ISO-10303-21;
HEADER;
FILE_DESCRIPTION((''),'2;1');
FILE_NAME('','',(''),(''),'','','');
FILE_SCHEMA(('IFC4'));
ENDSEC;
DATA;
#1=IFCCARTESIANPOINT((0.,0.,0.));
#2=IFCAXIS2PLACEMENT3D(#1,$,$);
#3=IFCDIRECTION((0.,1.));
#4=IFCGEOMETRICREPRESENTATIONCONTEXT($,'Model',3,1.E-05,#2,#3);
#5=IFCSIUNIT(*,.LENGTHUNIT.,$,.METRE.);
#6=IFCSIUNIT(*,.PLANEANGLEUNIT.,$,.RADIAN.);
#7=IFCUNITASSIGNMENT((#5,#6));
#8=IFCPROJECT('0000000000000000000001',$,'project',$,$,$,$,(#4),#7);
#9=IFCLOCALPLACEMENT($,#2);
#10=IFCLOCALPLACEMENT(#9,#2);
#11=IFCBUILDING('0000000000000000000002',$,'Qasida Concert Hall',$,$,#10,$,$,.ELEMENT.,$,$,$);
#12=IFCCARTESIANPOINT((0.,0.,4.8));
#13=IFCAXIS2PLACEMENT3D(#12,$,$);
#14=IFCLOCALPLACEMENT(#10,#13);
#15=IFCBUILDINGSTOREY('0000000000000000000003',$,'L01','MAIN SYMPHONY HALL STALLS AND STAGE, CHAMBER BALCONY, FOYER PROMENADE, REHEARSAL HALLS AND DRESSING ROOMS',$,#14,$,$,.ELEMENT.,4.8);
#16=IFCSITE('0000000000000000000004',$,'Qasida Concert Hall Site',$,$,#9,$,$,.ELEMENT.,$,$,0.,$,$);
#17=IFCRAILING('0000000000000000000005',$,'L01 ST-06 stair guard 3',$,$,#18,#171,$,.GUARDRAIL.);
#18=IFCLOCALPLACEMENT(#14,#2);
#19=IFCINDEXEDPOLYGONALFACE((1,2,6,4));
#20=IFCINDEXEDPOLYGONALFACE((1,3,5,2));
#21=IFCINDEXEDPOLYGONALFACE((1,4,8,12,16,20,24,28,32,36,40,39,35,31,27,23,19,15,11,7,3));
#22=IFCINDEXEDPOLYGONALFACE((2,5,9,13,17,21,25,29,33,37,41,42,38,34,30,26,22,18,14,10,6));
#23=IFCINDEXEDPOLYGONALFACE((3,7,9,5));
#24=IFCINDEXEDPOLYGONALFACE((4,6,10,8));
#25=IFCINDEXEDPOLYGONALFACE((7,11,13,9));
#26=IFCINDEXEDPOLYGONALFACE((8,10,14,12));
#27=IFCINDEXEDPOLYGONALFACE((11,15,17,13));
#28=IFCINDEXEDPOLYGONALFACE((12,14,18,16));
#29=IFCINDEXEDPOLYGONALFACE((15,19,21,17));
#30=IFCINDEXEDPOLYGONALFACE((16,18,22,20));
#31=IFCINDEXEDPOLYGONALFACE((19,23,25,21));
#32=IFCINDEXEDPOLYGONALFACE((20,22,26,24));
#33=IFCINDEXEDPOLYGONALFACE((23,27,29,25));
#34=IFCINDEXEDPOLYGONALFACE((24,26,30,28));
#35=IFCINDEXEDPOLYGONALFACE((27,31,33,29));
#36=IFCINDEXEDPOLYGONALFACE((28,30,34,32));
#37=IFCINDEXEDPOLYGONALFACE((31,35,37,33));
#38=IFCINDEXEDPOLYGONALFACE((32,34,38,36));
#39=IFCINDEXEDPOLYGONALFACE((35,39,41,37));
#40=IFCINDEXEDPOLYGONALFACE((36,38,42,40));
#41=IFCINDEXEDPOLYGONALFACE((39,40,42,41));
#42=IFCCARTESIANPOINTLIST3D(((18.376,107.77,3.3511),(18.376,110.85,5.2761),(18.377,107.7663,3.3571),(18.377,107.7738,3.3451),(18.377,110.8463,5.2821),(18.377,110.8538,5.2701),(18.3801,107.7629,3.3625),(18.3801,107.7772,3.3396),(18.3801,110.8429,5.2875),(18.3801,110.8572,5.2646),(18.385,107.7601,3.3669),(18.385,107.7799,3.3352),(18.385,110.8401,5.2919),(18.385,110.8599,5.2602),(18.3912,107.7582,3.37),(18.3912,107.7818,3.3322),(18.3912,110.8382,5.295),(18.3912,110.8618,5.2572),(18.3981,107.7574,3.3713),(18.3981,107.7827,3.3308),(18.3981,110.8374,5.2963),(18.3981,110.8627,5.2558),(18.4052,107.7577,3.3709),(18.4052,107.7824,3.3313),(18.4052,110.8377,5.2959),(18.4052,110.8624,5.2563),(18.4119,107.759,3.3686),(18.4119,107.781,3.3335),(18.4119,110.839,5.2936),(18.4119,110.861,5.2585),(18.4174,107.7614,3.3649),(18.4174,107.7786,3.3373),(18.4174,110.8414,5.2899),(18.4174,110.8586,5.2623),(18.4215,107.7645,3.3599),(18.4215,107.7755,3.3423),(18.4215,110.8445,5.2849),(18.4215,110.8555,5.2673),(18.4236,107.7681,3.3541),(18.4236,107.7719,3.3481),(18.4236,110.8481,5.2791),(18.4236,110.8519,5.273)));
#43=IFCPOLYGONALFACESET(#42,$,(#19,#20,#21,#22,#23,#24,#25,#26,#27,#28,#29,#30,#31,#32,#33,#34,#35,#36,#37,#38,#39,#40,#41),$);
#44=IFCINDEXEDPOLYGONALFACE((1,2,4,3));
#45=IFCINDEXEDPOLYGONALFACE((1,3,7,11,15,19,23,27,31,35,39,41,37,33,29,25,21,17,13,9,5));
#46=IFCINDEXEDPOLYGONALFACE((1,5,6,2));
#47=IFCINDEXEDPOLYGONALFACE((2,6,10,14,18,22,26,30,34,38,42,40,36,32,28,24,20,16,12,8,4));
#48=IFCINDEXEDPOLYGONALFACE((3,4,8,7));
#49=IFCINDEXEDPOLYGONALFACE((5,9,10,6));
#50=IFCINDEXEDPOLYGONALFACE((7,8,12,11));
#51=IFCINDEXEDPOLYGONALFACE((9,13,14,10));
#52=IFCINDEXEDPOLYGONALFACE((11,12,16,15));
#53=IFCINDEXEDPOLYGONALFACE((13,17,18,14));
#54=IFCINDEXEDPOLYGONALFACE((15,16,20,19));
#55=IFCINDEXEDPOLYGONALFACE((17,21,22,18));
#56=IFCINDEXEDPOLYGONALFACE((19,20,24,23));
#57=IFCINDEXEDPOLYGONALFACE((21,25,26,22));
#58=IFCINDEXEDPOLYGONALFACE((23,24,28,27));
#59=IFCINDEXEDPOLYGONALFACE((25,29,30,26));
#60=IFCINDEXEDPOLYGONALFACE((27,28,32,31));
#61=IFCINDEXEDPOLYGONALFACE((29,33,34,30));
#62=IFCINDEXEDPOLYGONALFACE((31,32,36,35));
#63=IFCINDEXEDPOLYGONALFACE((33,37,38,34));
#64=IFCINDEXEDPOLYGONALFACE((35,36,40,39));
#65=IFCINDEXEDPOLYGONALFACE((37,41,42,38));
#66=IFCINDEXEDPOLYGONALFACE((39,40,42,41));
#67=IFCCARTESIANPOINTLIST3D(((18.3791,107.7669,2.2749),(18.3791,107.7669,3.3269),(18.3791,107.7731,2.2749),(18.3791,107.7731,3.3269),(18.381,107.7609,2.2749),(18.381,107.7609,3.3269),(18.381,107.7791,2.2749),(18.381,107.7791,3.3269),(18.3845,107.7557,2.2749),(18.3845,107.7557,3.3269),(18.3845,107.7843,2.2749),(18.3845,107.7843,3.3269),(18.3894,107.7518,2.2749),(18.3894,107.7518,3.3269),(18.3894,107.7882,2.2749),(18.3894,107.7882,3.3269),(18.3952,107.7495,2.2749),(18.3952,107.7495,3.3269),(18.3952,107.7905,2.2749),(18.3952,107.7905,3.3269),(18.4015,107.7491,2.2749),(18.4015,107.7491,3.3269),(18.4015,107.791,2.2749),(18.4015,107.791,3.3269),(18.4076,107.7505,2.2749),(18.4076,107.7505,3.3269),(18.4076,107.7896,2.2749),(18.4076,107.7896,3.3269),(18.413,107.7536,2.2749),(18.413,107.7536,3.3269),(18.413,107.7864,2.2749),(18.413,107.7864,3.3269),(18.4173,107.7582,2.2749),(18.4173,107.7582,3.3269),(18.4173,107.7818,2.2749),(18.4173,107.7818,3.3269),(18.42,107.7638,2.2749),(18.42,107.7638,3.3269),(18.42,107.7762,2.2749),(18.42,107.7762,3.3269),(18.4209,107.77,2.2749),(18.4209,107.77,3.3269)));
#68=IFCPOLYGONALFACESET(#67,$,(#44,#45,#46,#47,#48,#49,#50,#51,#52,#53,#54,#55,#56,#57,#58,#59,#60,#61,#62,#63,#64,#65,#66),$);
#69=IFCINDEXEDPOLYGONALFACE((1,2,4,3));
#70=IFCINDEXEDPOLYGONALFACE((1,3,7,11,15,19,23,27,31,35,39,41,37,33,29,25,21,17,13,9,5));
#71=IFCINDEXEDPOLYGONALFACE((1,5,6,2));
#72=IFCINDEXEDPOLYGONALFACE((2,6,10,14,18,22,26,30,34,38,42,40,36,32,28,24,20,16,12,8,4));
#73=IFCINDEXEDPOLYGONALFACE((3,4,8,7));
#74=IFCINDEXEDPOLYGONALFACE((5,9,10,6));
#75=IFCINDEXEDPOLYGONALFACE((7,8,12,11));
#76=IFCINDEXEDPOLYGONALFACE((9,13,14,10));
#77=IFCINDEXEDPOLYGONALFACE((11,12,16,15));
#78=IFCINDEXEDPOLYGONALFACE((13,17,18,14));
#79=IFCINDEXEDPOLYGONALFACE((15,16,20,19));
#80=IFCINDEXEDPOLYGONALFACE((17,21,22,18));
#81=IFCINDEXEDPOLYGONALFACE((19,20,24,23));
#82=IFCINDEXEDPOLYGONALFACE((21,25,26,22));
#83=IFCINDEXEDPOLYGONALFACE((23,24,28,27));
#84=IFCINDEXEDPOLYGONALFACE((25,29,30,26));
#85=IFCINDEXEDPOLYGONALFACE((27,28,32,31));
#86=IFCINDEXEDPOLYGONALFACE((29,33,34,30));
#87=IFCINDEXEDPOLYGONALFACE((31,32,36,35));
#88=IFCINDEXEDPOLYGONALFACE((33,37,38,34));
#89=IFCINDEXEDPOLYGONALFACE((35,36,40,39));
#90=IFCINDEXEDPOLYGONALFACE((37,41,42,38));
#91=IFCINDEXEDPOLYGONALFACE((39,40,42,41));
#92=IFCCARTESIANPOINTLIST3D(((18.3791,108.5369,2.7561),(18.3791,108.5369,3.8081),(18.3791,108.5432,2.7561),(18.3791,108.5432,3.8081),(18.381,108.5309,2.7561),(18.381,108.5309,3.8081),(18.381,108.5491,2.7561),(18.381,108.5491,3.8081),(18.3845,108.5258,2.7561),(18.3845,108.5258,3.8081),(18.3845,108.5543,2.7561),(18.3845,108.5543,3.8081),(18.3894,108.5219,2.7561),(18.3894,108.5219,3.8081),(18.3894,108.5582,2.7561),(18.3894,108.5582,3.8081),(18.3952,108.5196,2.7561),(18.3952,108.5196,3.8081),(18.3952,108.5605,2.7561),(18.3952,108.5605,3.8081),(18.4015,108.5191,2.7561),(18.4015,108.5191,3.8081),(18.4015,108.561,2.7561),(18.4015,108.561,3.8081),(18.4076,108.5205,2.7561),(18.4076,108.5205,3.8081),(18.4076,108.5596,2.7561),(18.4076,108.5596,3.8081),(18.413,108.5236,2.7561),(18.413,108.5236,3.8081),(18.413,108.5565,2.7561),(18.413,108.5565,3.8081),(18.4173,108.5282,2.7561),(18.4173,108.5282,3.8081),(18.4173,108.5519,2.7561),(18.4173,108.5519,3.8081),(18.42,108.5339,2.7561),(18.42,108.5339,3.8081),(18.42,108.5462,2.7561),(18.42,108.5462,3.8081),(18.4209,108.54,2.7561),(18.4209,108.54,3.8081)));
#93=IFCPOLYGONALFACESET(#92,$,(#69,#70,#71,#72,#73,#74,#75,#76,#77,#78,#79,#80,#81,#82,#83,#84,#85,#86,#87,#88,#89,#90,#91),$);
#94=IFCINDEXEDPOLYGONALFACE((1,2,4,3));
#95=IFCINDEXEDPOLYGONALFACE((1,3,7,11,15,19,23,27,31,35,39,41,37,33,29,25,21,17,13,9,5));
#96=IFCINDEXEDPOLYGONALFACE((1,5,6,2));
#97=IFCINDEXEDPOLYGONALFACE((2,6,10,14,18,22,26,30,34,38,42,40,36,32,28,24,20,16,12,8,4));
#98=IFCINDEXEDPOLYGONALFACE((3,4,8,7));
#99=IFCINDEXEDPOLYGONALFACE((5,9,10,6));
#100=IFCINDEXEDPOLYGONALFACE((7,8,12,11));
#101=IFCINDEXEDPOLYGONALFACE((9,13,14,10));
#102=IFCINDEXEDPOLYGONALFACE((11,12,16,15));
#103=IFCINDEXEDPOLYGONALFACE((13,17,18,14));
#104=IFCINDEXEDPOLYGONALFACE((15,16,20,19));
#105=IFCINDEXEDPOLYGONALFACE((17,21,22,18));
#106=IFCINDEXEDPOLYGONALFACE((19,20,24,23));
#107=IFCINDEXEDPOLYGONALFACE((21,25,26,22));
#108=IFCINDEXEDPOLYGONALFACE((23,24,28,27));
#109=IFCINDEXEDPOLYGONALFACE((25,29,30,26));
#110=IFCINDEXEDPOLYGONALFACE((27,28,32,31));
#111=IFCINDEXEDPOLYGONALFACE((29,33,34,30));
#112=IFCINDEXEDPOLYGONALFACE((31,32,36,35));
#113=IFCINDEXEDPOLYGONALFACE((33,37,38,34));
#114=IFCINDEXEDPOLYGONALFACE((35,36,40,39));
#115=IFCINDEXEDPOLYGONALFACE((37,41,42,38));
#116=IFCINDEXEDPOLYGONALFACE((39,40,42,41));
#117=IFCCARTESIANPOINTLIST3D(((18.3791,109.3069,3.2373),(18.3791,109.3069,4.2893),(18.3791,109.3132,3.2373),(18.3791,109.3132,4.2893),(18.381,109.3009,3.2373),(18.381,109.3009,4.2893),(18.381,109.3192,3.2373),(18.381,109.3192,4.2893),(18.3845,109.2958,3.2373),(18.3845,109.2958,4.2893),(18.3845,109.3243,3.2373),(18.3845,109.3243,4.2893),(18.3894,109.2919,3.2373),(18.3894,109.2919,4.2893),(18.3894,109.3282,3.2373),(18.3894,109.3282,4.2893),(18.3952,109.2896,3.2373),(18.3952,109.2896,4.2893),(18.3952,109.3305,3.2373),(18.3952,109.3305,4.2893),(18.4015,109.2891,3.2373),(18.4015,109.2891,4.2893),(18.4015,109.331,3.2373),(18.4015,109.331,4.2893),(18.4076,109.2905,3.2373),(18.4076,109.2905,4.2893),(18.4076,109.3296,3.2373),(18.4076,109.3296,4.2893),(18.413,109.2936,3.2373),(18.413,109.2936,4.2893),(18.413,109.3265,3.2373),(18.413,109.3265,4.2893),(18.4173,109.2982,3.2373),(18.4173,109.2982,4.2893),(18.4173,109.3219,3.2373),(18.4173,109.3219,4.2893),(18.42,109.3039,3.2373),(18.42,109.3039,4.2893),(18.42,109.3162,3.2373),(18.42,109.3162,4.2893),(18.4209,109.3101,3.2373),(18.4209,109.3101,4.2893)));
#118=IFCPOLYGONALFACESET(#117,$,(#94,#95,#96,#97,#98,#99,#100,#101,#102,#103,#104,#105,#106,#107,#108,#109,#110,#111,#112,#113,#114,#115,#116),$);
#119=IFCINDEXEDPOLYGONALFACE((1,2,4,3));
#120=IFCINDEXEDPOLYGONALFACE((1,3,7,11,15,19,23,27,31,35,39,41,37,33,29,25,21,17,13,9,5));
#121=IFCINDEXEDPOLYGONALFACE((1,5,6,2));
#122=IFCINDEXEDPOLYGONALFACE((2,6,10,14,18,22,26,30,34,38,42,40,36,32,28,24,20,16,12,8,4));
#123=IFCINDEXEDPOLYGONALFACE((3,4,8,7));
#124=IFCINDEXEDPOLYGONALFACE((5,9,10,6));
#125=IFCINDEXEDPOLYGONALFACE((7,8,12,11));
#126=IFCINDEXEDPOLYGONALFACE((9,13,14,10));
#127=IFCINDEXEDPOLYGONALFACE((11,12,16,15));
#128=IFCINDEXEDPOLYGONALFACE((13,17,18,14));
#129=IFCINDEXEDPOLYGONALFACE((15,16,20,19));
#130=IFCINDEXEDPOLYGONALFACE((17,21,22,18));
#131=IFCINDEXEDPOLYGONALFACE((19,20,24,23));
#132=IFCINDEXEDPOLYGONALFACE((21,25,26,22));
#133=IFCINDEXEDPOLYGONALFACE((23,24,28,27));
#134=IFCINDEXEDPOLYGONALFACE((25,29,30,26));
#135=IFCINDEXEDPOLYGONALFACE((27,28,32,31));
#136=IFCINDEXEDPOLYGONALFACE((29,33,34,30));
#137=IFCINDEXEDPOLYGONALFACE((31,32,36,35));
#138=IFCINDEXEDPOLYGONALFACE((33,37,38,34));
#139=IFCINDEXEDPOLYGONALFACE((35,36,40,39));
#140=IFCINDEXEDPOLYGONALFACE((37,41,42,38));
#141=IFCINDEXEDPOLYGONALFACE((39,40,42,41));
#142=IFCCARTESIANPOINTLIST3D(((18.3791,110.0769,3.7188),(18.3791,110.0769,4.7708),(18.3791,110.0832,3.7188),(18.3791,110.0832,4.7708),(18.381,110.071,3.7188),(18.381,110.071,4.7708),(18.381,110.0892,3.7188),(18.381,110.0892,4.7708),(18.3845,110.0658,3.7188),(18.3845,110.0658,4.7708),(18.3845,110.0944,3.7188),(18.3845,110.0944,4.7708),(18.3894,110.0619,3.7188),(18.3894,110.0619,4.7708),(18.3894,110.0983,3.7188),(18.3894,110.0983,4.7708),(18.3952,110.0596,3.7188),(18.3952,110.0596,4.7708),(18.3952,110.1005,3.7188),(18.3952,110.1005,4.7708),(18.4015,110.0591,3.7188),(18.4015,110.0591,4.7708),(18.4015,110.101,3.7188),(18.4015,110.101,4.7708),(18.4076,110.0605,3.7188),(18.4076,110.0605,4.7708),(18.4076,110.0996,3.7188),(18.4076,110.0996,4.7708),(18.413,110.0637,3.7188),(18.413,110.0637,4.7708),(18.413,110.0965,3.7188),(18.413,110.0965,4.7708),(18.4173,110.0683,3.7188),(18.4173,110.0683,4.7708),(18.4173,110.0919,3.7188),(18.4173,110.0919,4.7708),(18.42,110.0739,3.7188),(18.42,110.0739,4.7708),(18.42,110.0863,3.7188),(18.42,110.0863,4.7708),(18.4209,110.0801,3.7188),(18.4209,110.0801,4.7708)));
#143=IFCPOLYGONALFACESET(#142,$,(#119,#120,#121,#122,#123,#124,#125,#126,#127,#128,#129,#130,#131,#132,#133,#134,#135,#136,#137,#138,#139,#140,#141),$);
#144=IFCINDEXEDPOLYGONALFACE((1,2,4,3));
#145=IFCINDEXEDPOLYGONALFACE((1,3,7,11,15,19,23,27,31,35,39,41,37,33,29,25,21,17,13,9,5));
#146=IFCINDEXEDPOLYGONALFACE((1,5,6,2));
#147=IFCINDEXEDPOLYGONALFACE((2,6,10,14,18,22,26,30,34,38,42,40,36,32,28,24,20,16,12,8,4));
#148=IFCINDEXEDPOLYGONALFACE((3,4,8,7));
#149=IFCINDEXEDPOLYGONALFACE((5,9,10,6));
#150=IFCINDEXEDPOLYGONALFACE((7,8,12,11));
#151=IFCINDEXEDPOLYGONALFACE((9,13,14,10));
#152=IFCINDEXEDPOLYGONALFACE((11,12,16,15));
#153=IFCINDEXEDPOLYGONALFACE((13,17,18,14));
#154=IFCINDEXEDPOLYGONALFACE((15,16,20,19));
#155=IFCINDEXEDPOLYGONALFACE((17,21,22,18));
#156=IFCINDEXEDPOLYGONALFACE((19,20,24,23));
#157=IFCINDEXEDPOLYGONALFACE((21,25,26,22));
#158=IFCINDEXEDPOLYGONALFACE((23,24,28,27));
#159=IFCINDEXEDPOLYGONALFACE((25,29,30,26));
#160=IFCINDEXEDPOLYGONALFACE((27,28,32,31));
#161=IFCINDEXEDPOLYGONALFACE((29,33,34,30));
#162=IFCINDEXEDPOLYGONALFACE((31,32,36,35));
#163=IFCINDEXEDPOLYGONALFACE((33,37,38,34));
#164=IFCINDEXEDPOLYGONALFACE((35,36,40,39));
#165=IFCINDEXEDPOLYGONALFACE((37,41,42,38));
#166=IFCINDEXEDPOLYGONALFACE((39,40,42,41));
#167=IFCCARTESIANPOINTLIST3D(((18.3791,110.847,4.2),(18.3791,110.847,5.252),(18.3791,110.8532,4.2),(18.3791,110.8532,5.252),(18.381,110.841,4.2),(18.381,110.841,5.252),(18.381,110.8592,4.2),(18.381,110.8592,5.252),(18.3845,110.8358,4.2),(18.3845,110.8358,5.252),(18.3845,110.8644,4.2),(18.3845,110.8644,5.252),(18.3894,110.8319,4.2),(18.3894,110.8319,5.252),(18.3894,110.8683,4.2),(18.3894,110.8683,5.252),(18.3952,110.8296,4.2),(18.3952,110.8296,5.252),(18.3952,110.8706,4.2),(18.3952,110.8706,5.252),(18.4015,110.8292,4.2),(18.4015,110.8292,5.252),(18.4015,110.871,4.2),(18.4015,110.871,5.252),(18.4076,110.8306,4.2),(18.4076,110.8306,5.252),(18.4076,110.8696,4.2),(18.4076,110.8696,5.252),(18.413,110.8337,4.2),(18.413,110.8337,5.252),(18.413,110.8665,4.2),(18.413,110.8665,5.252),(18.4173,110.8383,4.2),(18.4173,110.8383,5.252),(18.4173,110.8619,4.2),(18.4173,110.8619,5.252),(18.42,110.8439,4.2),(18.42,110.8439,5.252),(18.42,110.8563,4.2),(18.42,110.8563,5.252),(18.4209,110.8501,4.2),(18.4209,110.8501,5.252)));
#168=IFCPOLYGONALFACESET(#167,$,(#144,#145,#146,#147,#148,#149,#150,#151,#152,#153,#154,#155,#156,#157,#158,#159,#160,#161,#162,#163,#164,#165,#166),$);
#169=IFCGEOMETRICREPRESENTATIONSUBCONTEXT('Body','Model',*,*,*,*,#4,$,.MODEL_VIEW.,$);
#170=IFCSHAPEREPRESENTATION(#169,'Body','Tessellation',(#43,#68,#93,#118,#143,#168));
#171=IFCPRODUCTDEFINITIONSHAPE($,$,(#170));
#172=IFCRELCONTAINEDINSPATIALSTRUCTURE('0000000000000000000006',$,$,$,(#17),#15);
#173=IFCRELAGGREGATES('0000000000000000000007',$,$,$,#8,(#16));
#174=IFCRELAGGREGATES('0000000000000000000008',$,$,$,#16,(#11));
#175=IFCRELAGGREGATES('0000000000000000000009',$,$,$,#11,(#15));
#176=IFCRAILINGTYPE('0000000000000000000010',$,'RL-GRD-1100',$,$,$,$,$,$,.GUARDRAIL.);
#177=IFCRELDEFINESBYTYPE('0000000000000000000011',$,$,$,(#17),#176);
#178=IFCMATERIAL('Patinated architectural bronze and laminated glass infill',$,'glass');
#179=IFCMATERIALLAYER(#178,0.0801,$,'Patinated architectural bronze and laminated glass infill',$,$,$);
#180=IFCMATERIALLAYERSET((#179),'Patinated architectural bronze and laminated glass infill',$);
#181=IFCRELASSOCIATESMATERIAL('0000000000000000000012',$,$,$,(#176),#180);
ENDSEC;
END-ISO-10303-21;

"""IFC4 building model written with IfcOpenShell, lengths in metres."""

from ifc_helpers import new_model, si_unit, direction, frame, origin, origin_2d, place, context, subcontext, project, spatial, circle, extrude, material, layer, layer_set, type_object, element, save


model = new_model("IFC4")

# Units and contexts
model_context = context("Model", 3, precision=1e-05, world=origin(), true_north=direction((0.0, 1.0)))
body_context = subcontext(model_context, "Body", "Model", "MODEL_VIEW")
ifc_project = project(units=[si_unit("LENGTHUNIT", "METRE"), si_unit("PLANEANGLEUNIT", "RADIAN")], contexts=[model_context])

# Site, building, storey
site_placement = place(None, origin())
site = spatial("IfcSite", under=ifc_project, at=site_placement, Name="Qasida Concert Hall Site", CompositionType="ELEMENT", RefElevation=0.0)
building_placement = place(site_placement, origin())
building = spatial("IfcBuilding", under=site, at=building_placement, Name="Qasida Concert Hall", CompositionType="ELEMENT")
storey_placement = place(building_placement, frame((0.0, 0.0, 4.8)))
storey = spatial("IfcBuildingStorey", under=building, at=storey_placement, Name="L01", Description="MAIN SYMPHONY HALL STALLS AND STAGE, CHAMBER BALCONY, FOYER PROMENADE, REHEARSAL HALLS AND DRESSING ROOMS", CompositionType="ELEMENT", Elevation=4.8)

# Railing
ifc_material_1 = material(Name="Patinated architectural bronze and laminated glass infill", Category="glass")
ifc_layer_1 = layer(ifc_material_1, 0.0801, Name="Patinated architectural bronze and laminated glass infill")
ifc_layer_set_1 = layer_set([ifc_layer_1], Name="Patinated architectural bronze and laminated glass infill")
railing_type_1 = type_object("IfcRailingType", Name="RL-GRD-1100", PredefinedType="GUARDRAIL", material=ifc_layer_set_1)
railing_1_placement = place(storey_placement, frame((18.3999, 107.77, 2.2749)))
element("IfcRailing", 1, at=railing_1_placement, inside=storey, type_object=railing_type_1, Name="L01 ST-06 stair guard 3", PredefinedType="GUARDRAIL", context=body_context, shape_type="SweptSolid", body=[
    extrude(circle(Radius=0.0239, at=origin_2d()), frame((0.0, 0.0, 1.0762), z_axis=(0.0, 0.847998, 0.529999), x_axis=(-1.0, 0.0, 0.0)), (0.0, 0.0, 1.0), 3.6321),
    extrude(circle(Radius=0.021, at=origin_2d()), origin(), (0.0, 0.0, 1.0), 1.052),
    extrude(circle(Radius=0.021, at=origin_2d()), frame((0.0, 0.77, 0.4812)), (0.0, 0.0, 1.0), 1.052),
    extrude(circle(Radius=0.021, at=origin_2d()), frame((0.0, 1.54, 0.9624)), (0.0, 0.0, 1.0), 1.052),
    extrude(circle(Radius=0.021, at=origin_2d()), frame((0.0, 2.3101, 1.4438)), (0.0, 0.0, 1.0), 1.052),
    extrude(circle(Radius=0.021, at=origin_2d()), frame((0.0, 3.0801, 1.925)), (0.0, 0.0, 1.0), 1.052),
])

save(model, "model.ifc")
